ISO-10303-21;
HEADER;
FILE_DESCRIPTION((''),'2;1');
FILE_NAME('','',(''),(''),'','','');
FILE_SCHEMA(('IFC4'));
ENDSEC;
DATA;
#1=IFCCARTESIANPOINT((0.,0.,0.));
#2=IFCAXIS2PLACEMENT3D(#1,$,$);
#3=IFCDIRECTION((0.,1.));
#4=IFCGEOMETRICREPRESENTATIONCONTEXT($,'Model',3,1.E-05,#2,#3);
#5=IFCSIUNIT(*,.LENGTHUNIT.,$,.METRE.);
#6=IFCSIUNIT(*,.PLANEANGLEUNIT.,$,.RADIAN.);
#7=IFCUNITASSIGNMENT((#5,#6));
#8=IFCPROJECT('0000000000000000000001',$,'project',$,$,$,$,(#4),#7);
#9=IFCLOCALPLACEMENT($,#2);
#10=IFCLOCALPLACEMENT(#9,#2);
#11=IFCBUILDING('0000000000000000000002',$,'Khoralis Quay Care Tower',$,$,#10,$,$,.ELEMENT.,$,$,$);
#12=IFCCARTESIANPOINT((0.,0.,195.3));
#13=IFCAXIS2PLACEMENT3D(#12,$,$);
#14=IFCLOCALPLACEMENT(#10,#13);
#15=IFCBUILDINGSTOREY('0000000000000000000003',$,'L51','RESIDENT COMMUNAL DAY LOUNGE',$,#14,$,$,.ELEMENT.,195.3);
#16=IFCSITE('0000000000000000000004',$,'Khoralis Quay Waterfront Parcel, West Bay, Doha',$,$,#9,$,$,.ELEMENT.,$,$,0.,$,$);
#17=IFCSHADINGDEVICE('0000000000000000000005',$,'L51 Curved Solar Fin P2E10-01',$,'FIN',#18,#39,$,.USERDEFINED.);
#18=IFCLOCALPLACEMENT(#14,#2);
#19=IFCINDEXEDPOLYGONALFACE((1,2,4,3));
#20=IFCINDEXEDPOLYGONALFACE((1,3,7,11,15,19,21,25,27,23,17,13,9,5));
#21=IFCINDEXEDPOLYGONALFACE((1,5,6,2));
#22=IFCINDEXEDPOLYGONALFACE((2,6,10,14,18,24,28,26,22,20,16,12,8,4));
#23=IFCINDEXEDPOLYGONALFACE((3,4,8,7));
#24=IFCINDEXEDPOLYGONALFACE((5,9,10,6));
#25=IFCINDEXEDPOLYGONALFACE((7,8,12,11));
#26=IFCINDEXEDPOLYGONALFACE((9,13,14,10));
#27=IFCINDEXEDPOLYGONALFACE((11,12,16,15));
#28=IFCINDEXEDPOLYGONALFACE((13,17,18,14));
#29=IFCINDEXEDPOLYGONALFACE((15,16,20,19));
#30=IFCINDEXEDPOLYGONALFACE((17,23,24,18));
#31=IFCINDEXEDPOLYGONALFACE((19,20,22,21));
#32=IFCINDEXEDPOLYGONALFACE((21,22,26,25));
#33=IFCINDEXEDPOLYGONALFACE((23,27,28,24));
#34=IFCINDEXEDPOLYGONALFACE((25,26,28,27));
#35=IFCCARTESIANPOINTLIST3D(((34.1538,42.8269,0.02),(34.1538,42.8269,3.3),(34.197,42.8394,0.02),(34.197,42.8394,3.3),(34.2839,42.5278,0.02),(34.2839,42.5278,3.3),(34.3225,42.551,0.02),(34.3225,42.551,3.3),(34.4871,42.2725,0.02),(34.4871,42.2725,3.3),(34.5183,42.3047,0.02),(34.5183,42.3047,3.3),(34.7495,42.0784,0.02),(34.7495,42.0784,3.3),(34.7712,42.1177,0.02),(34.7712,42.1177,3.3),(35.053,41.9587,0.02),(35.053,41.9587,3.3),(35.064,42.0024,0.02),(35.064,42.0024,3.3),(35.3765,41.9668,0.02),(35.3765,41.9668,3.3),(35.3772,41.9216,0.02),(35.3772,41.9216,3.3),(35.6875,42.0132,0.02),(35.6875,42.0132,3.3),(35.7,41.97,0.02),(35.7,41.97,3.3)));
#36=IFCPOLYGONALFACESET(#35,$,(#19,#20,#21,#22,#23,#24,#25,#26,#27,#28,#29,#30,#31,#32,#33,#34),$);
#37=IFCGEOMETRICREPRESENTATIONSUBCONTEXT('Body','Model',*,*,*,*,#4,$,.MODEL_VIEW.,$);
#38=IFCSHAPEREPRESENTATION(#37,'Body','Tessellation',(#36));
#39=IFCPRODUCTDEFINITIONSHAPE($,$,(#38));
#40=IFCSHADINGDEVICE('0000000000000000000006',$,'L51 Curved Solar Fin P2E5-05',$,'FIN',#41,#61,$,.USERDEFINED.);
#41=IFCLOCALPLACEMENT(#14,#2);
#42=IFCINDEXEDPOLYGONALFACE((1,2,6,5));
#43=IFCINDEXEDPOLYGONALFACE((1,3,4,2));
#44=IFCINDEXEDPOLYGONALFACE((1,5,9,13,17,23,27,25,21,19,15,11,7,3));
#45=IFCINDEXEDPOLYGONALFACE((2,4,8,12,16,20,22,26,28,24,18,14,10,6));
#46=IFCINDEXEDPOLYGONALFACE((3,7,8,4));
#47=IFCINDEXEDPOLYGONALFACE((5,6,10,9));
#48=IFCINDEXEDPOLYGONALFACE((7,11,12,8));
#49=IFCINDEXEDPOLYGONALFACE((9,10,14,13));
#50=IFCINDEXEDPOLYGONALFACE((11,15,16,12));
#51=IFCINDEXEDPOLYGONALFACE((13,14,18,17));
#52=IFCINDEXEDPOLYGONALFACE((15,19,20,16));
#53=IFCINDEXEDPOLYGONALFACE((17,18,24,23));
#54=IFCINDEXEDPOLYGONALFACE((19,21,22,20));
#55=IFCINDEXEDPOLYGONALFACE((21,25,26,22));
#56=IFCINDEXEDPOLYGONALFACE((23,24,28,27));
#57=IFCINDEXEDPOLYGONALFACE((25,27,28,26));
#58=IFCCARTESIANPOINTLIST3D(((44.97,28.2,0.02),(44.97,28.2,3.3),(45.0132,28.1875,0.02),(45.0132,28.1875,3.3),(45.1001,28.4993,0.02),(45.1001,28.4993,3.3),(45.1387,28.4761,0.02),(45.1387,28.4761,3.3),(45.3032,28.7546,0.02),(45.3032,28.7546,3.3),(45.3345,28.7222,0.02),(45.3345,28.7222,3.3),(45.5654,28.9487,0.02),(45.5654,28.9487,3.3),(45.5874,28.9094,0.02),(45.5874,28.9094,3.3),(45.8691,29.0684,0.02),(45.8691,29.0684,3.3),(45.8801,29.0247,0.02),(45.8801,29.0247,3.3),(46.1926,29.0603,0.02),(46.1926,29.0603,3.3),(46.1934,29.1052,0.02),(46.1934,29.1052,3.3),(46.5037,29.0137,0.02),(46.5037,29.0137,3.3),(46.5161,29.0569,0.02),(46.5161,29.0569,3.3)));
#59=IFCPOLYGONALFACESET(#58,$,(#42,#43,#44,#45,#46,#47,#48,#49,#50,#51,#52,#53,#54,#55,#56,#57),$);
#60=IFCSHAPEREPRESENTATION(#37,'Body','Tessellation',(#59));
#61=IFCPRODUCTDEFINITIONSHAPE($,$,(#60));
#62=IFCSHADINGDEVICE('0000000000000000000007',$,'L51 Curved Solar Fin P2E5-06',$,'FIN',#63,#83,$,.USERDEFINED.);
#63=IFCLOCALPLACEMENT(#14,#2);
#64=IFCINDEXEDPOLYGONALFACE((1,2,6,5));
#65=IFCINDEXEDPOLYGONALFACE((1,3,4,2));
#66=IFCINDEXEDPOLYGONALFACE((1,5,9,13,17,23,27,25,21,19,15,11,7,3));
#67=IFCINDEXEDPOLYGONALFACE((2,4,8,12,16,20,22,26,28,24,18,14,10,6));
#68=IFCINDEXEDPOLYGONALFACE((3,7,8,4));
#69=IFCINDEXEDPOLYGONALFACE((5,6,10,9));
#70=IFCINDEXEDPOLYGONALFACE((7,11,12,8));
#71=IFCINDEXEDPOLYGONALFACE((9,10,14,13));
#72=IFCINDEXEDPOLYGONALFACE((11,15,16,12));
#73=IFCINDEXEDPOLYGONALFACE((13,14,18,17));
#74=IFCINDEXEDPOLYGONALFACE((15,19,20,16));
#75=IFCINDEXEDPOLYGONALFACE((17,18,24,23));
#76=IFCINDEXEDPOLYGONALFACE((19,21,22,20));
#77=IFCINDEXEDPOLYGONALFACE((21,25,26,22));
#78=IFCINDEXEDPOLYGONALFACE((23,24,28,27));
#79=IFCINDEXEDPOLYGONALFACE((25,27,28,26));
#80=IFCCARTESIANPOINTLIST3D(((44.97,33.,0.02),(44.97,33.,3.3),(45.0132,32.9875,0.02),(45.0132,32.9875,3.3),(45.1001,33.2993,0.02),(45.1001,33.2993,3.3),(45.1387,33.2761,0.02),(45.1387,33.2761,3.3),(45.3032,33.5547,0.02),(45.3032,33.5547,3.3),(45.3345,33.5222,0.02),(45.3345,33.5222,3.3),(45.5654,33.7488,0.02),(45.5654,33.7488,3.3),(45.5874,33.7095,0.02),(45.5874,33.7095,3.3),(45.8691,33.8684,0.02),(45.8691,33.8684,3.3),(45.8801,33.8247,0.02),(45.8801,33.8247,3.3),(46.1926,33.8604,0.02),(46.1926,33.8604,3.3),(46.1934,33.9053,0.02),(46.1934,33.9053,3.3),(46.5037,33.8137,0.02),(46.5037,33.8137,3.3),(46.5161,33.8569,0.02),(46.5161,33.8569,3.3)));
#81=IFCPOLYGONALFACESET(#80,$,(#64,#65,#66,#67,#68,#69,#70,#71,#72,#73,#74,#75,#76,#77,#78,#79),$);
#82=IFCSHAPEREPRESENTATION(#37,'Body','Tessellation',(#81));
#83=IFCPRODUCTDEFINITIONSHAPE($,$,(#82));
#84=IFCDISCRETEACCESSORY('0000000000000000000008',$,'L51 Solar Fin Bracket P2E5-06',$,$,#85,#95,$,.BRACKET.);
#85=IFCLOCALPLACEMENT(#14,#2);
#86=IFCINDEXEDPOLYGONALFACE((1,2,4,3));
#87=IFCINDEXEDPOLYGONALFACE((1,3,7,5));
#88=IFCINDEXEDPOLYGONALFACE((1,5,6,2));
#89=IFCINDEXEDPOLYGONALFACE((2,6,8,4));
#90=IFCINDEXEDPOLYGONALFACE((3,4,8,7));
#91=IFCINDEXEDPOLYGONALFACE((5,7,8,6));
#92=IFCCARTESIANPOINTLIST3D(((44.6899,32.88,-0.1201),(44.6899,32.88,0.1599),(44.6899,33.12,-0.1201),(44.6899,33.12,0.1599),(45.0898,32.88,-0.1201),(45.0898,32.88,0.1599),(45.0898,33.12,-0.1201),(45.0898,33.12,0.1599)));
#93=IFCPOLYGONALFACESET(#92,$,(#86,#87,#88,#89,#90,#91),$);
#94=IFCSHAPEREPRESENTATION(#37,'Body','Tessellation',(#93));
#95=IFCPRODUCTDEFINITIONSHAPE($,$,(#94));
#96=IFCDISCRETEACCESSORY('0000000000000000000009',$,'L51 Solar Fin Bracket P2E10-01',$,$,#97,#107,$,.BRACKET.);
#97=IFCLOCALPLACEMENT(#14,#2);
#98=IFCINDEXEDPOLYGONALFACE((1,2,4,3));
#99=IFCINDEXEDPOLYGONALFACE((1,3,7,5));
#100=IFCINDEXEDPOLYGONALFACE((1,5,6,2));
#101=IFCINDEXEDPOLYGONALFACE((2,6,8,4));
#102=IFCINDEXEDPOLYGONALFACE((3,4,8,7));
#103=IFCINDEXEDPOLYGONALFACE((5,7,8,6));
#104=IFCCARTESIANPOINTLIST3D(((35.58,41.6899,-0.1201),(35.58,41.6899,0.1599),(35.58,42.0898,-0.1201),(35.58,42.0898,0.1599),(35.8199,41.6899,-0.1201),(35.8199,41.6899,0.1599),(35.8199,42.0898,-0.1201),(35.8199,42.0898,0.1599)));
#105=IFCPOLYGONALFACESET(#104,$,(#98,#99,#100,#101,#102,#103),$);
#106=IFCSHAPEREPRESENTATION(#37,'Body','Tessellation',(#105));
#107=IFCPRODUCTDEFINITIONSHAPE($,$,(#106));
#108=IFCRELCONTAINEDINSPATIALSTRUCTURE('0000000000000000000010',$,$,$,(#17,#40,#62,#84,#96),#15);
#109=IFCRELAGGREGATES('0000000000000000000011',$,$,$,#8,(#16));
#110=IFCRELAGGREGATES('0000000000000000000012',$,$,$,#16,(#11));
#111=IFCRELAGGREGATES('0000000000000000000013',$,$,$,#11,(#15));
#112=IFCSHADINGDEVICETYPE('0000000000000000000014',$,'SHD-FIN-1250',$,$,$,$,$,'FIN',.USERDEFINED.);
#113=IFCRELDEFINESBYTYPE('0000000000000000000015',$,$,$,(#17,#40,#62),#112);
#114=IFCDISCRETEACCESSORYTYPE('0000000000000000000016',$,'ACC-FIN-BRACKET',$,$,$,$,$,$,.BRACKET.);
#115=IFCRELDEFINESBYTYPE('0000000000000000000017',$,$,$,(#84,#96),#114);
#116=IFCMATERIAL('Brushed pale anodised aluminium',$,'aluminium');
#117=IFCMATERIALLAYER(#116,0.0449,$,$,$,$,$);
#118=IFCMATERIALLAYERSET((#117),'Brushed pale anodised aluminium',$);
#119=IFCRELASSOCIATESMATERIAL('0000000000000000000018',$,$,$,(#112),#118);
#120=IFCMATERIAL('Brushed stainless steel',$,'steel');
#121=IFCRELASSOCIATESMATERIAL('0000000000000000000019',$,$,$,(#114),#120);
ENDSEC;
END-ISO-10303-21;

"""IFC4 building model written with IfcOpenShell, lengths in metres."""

from ifc_helpers import new_model, si_unit, direction, frame, origin, origin_2d, place, context, subcontext, project, spatial, polyline, rectangle, outline, extrude, source, transform, mapped, material, layer, layer_set, type_object, element, save


model = new_model("IFC4")

# Units and contexts
model_context = context("Model", 3, precision=1e-05, world=origin(), true_north=direction((0.0, 1.0)))
body_context = subcontext(model_context, "Body", "Model", "MODEL_VIEW")
ifc_project = project(units=[si_unit("LENGTHUNIT", "METRE"), si_unit("PLANEANGLEUNIT", "RADIAN")], contexts=[model_context])

# Site, building, storey
site_placement = place(None, origin())
site = spatial("IfcSite", under=ifc_project, at=site_placement, Name="Khoralis Quay Waterfront Parcel, West Bay, Doha", CompositionType="ELEMENT", RefElevation=0.0)
building_placement = place(site_placement, origin())
building = spatial("IfcBuilding", under=site, at=building_placement, Name="Khoralis Quay Care Tower", CompositionType="ELEMENT")
storey_placement = place(building_placement, frame((0.0, 0.0, 195.3)))
storey = spatial("IfcBuildingStorey", under=building, at=storey_placement, Name="L51", Description="RESIDENT COMMUNAL DAY LOUNGE", CompositionType="ELEMENT", Elevation=195.3)

# Shading devices
ifc_material_1 = material(Name="Brushed pale anodised aluminium", Category="aluminium")
ifc_layer_1 = layer(ifc_material_1, 0.0449)
ifc_layer_set_1 = layer_set([ifc_layer_1], Name="Brushed pale anodised aluminium")
shading_device_type = type_object("IfcShadingDeviceType", Name="SHD-FIN-1250", ElementType="FIN", PredefinedType="USERDEFINED", material=ifc_layer_set_1)
shared_shape_1 = source(origin(), body_context, "Body", "SweptSolid", [
    extrude(outline(polyline([(0.0, 0.0), (-0.0483, 0.3228), (-0.0112, 0.647), (0.1084, 0.9504), (0.3025, 1.2129), (0.5579, 1.416), (0.8569, 1.5461), (0.8694, 1.5029), (0.5811, 1.3774), (0.3347, 1.1816), (0.1477, 0.9287), (0.0325, 0.636), (-0.0032, 0.3235), (0.0432, 0.0125), (0.0, 0.0)])), origin(), (0.0, 0.0, 1.0), 3.28),
])
shading_device_placement = place(storey_placement, frame((35.7, 41.97, 0.02), z_axis=(0.0, 0.0, 1.0), x_axis=(0.0, 1.0, 0.0)))
element("IfcShadingDevice", 1, at=shading_device_placement, inside=storey, type_object=shading_device_type, Name="L51 Curved Solar Fin P2E10-01", ObjectType="FIN", PredefinedType="USERDEFINED", context=body_context, shape_type="MappedRepresentation", body=[
    mapped(shared_shape_1, transform((0.0, 0.0, 0.0), scale=1.0)),
])
shared_shape_2 = source(origin(), body_context, "Body", "SweptSolid", [
    extrude(outline(polyline([(0.0, 0.0), (0.1301, 0.2993), (0.3333, 0.5547), (0.5955, 0.7488), (0.8992, 0.8684), (1.2234, 0.9053), (1.5461, 0.8569), (1.5337, 0.8137), (1.2227, 0.8604), (0.9102, 0.8247), (0.6174, 0.7095), (0.3645, 0.5222), (0.1687, 0.2761), (0.0432, -0.0125), (0.0, 0.0)])), origin(), (0.0, 0.0, 1.0), 3.28),
])
for number, where, z_axis, x_axis, name in (
    (2, (44.97, 28.2, 0.02), (0.0, 0.0, 1.0), (1.0, 0.0, 0.0), "L51 Curved Solar Fin P2E5-05"),
    (3, (44.97, 33.0, 0.02), (0.0, 0.0, 1.0), (1.0, 0.0, 0.0), "L51 Curved Solar Fin P2E5-06"),
):
    element("IfcShadingDevice", number, at=place(storey_placement, frame(where, z_axis=z_axis, x_axis=x_axis)), inside=storey, type_object=shading_device_type, Name=name, ObjectType="FIN", PredefinedType="USERDEFINED", context=body_context, shape_type="MappedRepresentation", body=[
        mapped(shared_shape_2, transform((0.0, 0.0, 0.0), scale=1.0)),
    ])

# Discrete accessories
ifc_material_2 = material(Name="Brushed stainless steel", Category="steel")
discrete_accessory_type = type_object("IfcDiscreteAccessoryType", Name="ACC-FIN-BRACKET", PredefinedType="BRACKET", material=ifc_material_2)
shared_shape_3 = source(origin(), body_context, "Body", "SweptSolid", [
    extrude(rectangle(XDim=0.3999, YDim=0.24, at=origin_2d()), origin(), (0.0, 0.0, 1.0), 0.28),
])
for number, where, z_axis, x_axis, name in (
    (4, (44.8899, 33.0, -0.1201), (0.0, 0.0, 1.0), (1.0, 0.0, 0.0), "L51 Solar Fin Bracket P2E5-06"),
    (5, (35.7, 41.8899, -0.1201), (0.0, 0.0, 1.0), (0.0, 1.0, 0.0), "L51 Solar Fin Bracket P2E10-01"),
):
    element("IfcDiscreteAccessory", number, at=place(storey_placement, frame(where, z_axis=z_axis, x_axis=x_axis)), inside=storey, type_object=discrete_accessory_type, Name=name, PredefinedType="BRACKET", context=body_context, shape_type="MappedRepresentation", body=[
        mapped(shared_shape_3, transform((0.0, 0.0, 0.0), scale=1.0)),
    ])

save(model, "model.ifc")
